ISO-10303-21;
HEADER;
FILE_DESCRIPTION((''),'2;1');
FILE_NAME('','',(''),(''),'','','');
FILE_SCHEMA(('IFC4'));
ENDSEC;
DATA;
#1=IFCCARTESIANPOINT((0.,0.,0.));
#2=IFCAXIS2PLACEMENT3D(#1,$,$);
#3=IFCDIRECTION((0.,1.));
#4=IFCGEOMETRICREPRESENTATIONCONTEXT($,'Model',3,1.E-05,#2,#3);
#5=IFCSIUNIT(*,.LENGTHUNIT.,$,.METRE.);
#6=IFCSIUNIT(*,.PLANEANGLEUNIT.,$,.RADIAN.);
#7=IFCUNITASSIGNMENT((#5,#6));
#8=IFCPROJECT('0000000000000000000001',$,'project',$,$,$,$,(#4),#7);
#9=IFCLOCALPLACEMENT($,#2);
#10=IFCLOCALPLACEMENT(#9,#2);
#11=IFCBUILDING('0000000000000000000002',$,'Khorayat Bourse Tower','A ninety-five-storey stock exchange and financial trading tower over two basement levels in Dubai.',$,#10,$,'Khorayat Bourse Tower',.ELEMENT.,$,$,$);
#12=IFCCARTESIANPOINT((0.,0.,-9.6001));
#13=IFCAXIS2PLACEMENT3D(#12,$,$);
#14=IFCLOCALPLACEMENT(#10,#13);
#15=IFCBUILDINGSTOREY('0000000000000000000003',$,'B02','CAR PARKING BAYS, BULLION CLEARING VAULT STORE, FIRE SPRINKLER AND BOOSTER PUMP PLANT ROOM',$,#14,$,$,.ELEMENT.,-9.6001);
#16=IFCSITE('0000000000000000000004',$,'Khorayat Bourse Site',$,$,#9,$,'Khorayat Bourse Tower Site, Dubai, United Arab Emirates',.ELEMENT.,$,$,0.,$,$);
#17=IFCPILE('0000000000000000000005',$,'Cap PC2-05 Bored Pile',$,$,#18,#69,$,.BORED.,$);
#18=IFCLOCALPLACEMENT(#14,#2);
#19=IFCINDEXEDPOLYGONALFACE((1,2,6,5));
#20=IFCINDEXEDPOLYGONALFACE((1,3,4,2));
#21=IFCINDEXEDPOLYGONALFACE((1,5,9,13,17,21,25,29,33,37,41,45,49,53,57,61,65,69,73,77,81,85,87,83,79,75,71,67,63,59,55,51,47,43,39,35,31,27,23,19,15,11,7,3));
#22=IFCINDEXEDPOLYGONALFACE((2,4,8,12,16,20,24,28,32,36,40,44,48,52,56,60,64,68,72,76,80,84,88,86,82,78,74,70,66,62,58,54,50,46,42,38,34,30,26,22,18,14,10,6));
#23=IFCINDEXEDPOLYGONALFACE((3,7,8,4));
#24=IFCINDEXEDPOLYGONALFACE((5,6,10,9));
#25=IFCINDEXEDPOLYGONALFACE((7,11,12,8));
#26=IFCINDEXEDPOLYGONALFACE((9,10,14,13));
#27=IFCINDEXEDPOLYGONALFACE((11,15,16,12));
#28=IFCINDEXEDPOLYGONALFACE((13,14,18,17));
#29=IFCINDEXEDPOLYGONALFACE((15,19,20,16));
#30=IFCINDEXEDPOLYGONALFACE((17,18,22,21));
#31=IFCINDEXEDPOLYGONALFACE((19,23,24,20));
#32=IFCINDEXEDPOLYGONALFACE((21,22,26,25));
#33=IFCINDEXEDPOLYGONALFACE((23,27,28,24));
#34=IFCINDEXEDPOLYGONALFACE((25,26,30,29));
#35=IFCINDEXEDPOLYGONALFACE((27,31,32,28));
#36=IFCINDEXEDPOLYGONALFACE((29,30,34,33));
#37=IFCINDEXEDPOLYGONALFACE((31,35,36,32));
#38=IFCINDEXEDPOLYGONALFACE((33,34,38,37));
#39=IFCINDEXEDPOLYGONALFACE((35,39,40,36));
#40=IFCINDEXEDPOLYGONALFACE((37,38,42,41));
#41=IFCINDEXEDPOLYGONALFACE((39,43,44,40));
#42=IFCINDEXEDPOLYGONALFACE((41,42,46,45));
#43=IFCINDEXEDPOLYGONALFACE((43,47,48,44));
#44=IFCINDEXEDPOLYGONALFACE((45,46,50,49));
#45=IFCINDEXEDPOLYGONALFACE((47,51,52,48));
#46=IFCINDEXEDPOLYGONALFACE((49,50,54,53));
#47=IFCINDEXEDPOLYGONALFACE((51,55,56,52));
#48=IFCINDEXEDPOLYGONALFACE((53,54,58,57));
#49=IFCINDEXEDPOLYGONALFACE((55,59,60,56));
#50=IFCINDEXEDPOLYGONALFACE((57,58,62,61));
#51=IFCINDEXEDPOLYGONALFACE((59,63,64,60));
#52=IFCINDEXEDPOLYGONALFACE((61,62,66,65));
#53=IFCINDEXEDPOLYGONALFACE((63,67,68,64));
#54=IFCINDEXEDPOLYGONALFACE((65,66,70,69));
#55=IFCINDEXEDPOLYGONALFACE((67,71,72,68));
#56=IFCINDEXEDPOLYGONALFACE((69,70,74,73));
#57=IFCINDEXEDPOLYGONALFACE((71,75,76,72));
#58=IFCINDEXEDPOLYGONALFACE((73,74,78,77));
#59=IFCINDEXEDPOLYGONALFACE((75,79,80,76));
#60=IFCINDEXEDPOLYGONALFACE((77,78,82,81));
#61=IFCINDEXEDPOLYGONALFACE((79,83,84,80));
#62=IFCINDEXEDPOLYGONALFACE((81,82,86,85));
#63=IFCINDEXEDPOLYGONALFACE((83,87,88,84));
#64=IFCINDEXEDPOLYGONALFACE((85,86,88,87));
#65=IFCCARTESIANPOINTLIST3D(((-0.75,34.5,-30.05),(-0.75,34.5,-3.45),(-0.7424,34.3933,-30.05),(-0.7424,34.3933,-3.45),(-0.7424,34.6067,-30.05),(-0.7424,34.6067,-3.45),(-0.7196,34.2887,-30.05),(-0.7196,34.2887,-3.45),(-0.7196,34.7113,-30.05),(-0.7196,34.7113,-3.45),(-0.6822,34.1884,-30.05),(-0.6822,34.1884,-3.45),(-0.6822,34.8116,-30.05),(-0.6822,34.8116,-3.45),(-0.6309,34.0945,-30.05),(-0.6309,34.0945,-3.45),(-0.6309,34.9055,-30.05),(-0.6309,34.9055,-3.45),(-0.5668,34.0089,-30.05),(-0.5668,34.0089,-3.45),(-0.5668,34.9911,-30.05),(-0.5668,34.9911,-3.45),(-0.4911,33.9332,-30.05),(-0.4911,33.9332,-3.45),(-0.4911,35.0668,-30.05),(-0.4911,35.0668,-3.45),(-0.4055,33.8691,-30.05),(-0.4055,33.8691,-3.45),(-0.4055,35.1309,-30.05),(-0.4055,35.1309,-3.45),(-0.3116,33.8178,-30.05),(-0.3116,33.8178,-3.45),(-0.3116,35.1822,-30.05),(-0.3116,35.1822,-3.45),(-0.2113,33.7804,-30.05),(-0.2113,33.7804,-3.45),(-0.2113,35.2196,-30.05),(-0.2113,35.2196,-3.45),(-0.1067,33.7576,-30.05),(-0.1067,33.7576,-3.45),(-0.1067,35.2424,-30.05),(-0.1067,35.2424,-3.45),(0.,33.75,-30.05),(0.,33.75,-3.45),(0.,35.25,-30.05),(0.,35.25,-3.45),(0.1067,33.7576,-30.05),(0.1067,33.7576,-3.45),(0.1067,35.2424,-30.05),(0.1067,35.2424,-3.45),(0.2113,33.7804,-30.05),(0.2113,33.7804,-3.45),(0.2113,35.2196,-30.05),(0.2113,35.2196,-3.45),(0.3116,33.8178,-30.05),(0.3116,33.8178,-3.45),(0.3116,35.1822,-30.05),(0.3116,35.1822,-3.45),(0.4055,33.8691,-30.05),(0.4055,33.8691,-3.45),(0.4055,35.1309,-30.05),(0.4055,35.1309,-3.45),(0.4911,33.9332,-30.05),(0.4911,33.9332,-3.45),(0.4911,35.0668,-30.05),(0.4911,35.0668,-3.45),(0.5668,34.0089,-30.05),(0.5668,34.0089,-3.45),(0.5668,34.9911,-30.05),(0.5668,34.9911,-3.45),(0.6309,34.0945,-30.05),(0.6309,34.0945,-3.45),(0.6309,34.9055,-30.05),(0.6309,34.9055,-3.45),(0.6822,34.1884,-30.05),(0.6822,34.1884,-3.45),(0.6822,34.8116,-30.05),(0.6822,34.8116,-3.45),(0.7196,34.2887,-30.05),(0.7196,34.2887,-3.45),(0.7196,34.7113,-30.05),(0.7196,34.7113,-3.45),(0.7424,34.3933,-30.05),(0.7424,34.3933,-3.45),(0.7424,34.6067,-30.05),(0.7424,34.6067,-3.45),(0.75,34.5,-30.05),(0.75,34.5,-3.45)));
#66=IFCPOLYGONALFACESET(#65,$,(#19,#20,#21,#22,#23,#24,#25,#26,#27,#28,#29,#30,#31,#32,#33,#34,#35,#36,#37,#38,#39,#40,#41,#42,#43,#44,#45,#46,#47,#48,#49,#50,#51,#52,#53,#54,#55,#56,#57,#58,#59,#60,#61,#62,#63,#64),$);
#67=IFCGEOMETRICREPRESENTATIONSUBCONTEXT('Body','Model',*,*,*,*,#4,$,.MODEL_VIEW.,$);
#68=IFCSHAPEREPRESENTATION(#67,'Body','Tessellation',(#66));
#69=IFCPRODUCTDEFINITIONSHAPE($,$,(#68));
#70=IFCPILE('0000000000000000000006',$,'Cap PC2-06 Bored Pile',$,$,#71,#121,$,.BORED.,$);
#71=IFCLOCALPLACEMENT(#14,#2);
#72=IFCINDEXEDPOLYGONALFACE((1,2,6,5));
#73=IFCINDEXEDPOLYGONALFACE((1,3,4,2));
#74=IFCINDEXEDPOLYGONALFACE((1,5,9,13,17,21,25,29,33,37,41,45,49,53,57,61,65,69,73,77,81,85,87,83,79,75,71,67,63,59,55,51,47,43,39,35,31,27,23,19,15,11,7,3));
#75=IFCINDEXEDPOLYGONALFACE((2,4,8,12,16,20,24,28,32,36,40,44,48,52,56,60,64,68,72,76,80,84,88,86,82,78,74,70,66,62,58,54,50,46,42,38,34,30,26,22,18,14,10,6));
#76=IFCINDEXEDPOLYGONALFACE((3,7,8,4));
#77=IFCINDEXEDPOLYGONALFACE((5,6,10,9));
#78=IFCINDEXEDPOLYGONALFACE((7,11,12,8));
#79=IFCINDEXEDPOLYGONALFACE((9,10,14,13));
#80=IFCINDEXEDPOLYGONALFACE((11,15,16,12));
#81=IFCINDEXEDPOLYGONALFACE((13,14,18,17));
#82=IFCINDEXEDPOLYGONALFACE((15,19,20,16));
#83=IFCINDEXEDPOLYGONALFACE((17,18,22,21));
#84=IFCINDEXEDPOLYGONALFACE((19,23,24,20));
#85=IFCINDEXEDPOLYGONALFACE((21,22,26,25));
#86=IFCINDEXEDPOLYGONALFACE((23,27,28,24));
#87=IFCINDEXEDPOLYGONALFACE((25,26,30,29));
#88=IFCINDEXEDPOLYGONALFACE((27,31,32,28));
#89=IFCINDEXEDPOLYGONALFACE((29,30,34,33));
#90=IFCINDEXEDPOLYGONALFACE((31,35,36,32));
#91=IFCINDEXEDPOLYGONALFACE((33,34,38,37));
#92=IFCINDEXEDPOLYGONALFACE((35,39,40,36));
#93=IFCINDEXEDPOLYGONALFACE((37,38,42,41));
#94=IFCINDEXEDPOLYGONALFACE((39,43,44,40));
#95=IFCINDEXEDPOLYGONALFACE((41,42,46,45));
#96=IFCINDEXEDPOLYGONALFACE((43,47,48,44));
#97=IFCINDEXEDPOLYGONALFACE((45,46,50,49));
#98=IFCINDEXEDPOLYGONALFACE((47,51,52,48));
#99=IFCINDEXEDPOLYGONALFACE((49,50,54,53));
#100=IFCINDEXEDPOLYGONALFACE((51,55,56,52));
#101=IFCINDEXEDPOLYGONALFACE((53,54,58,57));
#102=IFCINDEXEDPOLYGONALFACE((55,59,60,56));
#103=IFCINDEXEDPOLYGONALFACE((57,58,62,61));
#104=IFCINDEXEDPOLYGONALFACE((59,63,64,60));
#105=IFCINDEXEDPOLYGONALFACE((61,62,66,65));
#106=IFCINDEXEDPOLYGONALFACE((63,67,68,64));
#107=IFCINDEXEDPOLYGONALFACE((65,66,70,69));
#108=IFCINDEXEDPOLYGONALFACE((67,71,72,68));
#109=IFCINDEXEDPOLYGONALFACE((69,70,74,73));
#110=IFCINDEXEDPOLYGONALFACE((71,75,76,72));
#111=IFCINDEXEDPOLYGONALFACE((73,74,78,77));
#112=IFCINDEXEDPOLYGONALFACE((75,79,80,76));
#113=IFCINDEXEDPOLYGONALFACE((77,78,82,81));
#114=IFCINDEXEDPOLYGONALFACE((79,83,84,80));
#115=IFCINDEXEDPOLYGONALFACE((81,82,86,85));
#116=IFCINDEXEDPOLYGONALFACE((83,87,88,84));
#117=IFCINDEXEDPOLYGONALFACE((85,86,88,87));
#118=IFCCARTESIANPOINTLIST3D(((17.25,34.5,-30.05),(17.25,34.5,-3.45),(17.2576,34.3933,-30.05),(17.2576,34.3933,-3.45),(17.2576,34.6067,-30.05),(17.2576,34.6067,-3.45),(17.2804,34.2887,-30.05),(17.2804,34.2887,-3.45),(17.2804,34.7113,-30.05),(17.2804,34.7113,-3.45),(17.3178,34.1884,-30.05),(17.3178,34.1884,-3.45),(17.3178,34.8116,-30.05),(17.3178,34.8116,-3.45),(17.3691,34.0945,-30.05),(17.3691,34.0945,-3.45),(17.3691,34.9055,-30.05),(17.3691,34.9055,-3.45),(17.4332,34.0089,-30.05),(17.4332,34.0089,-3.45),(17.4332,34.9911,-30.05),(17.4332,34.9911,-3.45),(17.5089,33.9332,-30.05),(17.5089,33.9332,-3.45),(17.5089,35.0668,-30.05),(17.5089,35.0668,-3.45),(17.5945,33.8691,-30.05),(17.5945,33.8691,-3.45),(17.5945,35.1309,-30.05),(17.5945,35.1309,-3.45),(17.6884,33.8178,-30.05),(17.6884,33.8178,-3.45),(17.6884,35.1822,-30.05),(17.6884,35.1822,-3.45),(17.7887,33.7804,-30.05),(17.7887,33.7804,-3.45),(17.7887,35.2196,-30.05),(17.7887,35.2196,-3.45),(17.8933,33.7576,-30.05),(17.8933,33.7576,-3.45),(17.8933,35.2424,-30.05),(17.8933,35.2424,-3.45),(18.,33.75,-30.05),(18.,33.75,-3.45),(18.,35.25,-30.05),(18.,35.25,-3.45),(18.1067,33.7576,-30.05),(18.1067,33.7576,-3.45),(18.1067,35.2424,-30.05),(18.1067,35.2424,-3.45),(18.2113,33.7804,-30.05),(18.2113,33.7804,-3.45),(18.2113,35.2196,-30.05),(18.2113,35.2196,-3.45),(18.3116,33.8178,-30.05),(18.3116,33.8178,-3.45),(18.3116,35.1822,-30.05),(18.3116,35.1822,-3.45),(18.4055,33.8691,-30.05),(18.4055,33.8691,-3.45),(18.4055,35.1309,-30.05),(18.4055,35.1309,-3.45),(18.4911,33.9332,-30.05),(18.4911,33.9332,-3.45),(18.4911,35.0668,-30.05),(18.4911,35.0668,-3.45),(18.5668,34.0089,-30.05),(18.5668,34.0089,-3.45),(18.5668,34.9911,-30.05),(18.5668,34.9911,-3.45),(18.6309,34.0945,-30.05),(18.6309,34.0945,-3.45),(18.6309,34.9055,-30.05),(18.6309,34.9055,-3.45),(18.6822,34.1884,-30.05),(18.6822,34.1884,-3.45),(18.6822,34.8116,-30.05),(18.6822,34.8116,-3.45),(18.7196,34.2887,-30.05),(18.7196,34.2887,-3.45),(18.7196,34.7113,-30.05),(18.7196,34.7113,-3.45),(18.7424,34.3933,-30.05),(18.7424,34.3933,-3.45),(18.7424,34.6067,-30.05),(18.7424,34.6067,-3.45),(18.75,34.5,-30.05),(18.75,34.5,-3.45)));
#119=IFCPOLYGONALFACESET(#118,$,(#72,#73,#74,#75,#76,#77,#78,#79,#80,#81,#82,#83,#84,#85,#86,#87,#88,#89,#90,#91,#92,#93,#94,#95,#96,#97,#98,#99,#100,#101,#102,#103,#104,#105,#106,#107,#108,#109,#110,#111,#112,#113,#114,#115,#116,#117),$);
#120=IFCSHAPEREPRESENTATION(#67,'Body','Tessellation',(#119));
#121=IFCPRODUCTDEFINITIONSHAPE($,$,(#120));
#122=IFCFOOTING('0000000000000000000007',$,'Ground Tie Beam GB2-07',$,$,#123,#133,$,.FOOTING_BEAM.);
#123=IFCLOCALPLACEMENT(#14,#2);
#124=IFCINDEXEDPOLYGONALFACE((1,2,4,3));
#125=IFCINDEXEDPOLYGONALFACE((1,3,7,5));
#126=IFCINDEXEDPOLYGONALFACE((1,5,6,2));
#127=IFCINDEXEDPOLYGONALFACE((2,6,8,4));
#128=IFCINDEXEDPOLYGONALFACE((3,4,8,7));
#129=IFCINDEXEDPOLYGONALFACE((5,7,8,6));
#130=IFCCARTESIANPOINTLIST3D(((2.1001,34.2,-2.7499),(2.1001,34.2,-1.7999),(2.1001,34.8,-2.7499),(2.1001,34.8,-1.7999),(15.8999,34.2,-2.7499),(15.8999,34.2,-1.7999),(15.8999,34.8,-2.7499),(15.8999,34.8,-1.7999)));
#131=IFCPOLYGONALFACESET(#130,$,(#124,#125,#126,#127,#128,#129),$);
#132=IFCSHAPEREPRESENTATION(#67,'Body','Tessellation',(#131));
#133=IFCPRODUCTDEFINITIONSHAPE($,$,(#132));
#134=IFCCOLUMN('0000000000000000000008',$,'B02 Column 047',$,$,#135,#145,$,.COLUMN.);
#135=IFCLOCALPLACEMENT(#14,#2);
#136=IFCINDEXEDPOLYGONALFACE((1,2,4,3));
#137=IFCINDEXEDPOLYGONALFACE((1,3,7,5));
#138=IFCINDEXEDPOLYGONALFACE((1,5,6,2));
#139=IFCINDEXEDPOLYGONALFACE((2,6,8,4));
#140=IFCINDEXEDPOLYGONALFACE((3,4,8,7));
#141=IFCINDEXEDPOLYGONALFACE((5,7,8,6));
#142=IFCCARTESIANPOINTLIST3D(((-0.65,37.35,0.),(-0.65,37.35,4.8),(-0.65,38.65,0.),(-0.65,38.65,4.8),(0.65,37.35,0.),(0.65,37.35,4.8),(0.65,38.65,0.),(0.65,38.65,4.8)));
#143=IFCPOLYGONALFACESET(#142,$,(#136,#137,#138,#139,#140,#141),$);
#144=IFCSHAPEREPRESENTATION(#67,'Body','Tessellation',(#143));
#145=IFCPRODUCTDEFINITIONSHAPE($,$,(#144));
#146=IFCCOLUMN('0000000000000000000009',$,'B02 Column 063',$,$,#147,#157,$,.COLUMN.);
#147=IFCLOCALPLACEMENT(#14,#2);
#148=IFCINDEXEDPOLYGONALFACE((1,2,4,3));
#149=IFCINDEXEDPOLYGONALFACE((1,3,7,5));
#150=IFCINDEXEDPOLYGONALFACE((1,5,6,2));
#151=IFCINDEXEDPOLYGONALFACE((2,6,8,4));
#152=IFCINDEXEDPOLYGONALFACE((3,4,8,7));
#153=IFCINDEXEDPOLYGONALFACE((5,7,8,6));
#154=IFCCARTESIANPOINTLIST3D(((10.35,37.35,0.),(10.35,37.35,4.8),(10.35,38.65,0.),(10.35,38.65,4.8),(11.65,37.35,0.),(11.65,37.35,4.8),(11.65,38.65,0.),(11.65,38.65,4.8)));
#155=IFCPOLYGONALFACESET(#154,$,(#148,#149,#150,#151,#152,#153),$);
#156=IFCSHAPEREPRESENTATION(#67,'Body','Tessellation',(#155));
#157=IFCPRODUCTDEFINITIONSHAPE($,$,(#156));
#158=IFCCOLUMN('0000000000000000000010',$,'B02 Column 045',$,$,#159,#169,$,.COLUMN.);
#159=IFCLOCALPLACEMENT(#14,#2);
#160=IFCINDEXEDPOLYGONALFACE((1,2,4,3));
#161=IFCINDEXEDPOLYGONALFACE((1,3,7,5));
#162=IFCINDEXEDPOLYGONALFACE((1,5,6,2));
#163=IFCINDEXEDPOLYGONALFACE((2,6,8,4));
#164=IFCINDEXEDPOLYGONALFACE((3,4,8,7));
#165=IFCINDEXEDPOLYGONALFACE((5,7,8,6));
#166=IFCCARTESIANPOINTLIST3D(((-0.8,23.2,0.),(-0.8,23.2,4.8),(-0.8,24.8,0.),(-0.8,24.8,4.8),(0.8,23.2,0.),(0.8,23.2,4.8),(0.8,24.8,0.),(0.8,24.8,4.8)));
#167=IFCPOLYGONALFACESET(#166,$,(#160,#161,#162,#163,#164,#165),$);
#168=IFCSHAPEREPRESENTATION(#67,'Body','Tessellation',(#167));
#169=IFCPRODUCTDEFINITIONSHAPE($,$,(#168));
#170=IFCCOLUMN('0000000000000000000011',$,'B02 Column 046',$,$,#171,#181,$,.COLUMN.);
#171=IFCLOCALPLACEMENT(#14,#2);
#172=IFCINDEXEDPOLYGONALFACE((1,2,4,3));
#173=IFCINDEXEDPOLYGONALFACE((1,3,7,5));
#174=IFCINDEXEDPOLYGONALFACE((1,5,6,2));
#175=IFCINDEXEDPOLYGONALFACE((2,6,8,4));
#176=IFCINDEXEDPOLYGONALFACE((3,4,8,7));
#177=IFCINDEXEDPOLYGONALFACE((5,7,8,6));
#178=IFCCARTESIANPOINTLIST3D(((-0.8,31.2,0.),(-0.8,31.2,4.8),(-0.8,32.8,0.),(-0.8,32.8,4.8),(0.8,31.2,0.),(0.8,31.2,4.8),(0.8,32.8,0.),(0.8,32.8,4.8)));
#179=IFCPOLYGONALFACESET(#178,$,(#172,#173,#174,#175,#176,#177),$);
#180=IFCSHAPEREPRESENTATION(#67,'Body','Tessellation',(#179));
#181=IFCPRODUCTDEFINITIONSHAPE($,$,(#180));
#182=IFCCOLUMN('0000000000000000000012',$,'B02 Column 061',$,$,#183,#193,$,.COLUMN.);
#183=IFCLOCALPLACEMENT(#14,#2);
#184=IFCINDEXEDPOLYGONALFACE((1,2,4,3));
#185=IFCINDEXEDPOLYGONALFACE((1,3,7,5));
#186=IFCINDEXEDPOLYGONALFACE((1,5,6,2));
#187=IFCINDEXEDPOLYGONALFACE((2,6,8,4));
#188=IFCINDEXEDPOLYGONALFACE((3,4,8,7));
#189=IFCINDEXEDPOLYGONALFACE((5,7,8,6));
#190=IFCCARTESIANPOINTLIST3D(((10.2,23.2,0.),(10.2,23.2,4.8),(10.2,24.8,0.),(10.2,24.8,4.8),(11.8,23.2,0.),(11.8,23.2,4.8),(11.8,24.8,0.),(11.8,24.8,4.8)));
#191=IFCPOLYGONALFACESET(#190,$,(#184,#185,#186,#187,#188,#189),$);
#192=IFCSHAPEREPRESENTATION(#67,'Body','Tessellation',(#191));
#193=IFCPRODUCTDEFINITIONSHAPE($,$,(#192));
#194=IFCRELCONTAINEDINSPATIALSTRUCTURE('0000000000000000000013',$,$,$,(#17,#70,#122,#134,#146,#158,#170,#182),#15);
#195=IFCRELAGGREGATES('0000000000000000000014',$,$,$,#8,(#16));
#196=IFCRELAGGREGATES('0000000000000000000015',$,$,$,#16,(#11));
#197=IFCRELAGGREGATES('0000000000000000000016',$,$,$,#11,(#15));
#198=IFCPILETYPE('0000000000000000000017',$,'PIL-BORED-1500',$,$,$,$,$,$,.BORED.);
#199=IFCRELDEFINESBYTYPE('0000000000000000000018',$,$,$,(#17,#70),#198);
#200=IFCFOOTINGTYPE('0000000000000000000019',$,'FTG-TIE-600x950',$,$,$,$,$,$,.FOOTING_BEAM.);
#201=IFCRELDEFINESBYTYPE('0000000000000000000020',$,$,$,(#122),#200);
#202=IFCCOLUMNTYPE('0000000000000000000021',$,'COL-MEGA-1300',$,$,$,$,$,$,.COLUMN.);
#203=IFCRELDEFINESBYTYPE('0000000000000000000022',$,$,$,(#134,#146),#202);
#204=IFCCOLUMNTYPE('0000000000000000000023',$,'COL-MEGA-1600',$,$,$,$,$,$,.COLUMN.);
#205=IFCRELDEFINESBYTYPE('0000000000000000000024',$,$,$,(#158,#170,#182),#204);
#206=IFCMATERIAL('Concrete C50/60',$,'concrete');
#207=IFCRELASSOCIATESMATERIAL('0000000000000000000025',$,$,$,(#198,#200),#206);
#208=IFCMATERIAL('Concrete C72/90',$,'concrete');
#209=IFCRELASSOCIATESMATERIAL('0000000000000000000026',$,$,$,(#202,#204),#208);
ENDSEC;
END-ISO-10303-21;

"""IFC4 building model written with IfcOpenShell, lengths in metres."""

from ifc_helpers import new_model, si_unit, direction, frame, origin, origin_2d, place, context, subcontext, project, spatial, rectangle, circle, extrude, source, transform, mapped, material, material_profile, profile_set, type_object, element, save


model = new_model("IFC4")

# Units and contexts
model_context = context("Model", 3, precision=1e-05, world=origin(), true_north=direction((0.0, 1.0)))
body_context = subcontext(model_context, "Body", "Model", "MODEL_VIEW")
ifc_project = project(units=[si_unit("LENGTHUNIT", "METRE"), si_unit("PLANEANGLEUNIT", "RADIAN")], contexts=[model_context])

# Site, building, storey
site_placement = place(None, origin())
site = spatial("IfcSite", under=ifc_project, at=site_placement, Name="Khorayat Bourse Site", LongName="Khorayat Bourse Tower Site, Dubai, United Arab Emirates", CompositionType="ELEMENT", RefElevation=0.0)
building_placement = place(site_placement, origin())
building = spatial("IfcBuilding", under=site, at=building_placement, Name="Khorayat Bourse Tower", Description="A ninety-five-storey stock exchange and financial trading tower over two basement levels in Dubai.", LongName="Khorayat Bourse Tower", CompositionType="ELEMENT")
storey_placement = place(building_placement, frame((0.0, 0.0, -9.6001)))
storey = spatial("IfcBuildingStorey", under=building, at=storey_placement, Name="B02", Description="CAR PARKING BAYS, BULLION CLEARING VAULT STORE, FIRE SPRINKLER AND BOOSTER PUMP PLANT ROOM", CompositionType="ELEMENT", Elevation=-9.6001)

# Shared definitions
ifc_material_1 = material(Name="Concrete C50/60", Category="concrete")

# Piles
ifc_material_profile_1 = material_profile(ifc_material_1, circle(Radius=0.75, at=origin_2d()), Name="BORED PILE D1500")
ifc_profile_set_1 = profile_set([ifc_material_profile_1], Name="Concrete C50/60")
pile_type_1 = type_object("IfcPileType", Name="PIL-BORED-1500", PredefinedType="BORED", material=ifc_profile_set_1)
shared_shape_1 = source(origin(), body_context, "Body", "SweptSolid", [
    extrude(circle(Radius=0.75, at=origin_2d()), origin(), (0.0, 0.0, 1.0), 26.6001),
])
for number, where, z_axis, x_axis, name in (
    (1, (0.0, 34.5, -3.45), (0.0, 0.0, -1.0), (1.0, 0.0, 0.0), "Cap PC2-05 Bored Pile"),
    (2, (18.0, 34.5, -3.45), (0.0, 0.0, -1.0), (1.0, 0.0, 0.0), "Cap PC2-06 Bored Pile"),
):
    element("IfcPile", number, at=place(storey_placement, frame(where, z_axis=z_axis, x_axis=x_axis)), inside=storey, type_object=pile_type_1, Name=name, PredefinedType="BORED", context=body_context, shape_type="MappedRepresentation", body=[
        mapped(shared_shape_1, transform((0.0, 0.0, 0.0), scale=1.0)),
    ])

# Footing
ifc_material_profile_2 = material_profile(ifc_material_1, rectangle(XDim=0.6001, YDim=0.95, at=origin_2d()), Name="RC 600x950")
ifc_profile_set_2 = profile_set([ifc_material_profile_2], Name="Concrete C50/60")
footing_type_1 = type_object("IfcFootingType", Name="FTG-TIE-600x950", PredefinedType="FOOTING_BEAM", material=ifc_profile_set_2)
shared_shape_2 = source(origin(), body_context, "Body", "SweptSolid", [
    extrude(rectangle(XDim=0.6001, YDim=0.95, at=origin_2d()), origin(), (0.0, 0.0, 1.0), 13.7998),
])
footing_placement = place(storey_placement, frame((2.1001, 34.5, -2.2749), z_axis=(1.0, 0.0, 0.0), x_axis=(0.0, 1.0, 0.0)))
element("IfcFooting", 3, at=footing_placement, inside=storey, type_object=footing_type_1, Name="Ground Tie Beam GB2-07", PredefinedType="FOOTING_BEAM", context=body_context, shape_type="MappedRepresentation", body=[
    mapped(shared_shape_2, transform((0.0, 0.0, 0.0), scale=1.0)),
])

# Columns
ifc_material_2 = material(Name="Concrete C72/90", Category="concrete")
ifc_material_profile_3 = material_profile(ifc_material_2, rectangle(XDim=1.3, YDim=1.3, at=origin_2d()), Name="RC 1300x1300")
ifc_profile_set_3 = profile_set([ifc_material_profile_3], Name="Concrete C72/90")
column_type_1 = type_object("IfcColumnType", Name="COL-MEGA-1300", PredefinedType="COLUMN", material=ifc_profile_set_3)
shared_shape_3 = source(origin(), body_context, "Body", "SweptSolid", [
    extrude(rectangle(XDim=1.3, YDim=1.3, at=origin_2d()), origin(), (0.0, 0.0, 1.0), 4.8),
])
for number, where, z_axis, x_axis, name in (
    (4, (0.0, 38.0, 0.0), (0.0, 0.0, 1.0), (1.0, 0.0, 0.0), "B02 Column 047"),
    (5, (11.0, 38.0, 0.0), (0.0, 0.0, 1.0), (1.0, 0.0, 0.0), "B02 Column 063"),
):
    element("IfcColumn", number, at=place(storey_placement, frame(where, z_axis=z_axis, x_axis=x_axis)), inside=storey, type_object=column_type_1, Name=name, PredefinedType="COLUMN", context=body_context, shape_type="MappedRepresentation", body=[
        mapped(shared_shape_3, transform((0.0, 0.0, 0.0), scale=1.0)),
    ])
ifc_material_profile_4 = material_profile(ifc_material_2, rectangle(XDim=1.6001, YDim=1.6001, at=origin_2d()), Name="RC 1600x1600")
ifc_profile_set_4 = profile_set([ifc_material_profile_4], Name="Concrete C72/90")
column_type_2 = type_object("IfcColumnType", Name="COL-MEGA-1600", PredefinedType="COLUMN", material=ifc_profile_set_4)
shared_shape_4 = source(origin(), body_context, "Body", "SweptSolid", [
    extrude(rectangle(XDim=1.6001, YDim=1.6001, at=origin_2d()), origin(), (0.0, 0.0, 1.0), 4.8),
])
for number, where, z_axis, x_axis, name in (
    (6, (0.0, 24.0, 0.0), (0.0, 0.0, 1.0), (1.0, 0.0, 0.0), "B02 Column 045"),
    (7, (0.0, 32.0, 0.0), (0.0, 0.0, 1.0), (1.0, 0.0, 0.0), "B02 Column 046"),
    (8, (11.0, 24.0, 0.0), (0.0, 0.0, 1.0), (1.0, 0.0, 0.0), "B02 Column 061"),
):
    element("IfcColumn", number, at=place(storey_placement, frame(where, z_axis=z_axis, x_axis=x_axis)), inside=storey, type_object=column_type_2, Name=name, PredefinedType="COLUMN", context=body_context, shape_type="MappedRepresentation", body=[
        mapped(shared_shape_4, transform((0.0, 0.0, 0.0), scale=1.0)),
    ])

save(model, "model.ifc")
